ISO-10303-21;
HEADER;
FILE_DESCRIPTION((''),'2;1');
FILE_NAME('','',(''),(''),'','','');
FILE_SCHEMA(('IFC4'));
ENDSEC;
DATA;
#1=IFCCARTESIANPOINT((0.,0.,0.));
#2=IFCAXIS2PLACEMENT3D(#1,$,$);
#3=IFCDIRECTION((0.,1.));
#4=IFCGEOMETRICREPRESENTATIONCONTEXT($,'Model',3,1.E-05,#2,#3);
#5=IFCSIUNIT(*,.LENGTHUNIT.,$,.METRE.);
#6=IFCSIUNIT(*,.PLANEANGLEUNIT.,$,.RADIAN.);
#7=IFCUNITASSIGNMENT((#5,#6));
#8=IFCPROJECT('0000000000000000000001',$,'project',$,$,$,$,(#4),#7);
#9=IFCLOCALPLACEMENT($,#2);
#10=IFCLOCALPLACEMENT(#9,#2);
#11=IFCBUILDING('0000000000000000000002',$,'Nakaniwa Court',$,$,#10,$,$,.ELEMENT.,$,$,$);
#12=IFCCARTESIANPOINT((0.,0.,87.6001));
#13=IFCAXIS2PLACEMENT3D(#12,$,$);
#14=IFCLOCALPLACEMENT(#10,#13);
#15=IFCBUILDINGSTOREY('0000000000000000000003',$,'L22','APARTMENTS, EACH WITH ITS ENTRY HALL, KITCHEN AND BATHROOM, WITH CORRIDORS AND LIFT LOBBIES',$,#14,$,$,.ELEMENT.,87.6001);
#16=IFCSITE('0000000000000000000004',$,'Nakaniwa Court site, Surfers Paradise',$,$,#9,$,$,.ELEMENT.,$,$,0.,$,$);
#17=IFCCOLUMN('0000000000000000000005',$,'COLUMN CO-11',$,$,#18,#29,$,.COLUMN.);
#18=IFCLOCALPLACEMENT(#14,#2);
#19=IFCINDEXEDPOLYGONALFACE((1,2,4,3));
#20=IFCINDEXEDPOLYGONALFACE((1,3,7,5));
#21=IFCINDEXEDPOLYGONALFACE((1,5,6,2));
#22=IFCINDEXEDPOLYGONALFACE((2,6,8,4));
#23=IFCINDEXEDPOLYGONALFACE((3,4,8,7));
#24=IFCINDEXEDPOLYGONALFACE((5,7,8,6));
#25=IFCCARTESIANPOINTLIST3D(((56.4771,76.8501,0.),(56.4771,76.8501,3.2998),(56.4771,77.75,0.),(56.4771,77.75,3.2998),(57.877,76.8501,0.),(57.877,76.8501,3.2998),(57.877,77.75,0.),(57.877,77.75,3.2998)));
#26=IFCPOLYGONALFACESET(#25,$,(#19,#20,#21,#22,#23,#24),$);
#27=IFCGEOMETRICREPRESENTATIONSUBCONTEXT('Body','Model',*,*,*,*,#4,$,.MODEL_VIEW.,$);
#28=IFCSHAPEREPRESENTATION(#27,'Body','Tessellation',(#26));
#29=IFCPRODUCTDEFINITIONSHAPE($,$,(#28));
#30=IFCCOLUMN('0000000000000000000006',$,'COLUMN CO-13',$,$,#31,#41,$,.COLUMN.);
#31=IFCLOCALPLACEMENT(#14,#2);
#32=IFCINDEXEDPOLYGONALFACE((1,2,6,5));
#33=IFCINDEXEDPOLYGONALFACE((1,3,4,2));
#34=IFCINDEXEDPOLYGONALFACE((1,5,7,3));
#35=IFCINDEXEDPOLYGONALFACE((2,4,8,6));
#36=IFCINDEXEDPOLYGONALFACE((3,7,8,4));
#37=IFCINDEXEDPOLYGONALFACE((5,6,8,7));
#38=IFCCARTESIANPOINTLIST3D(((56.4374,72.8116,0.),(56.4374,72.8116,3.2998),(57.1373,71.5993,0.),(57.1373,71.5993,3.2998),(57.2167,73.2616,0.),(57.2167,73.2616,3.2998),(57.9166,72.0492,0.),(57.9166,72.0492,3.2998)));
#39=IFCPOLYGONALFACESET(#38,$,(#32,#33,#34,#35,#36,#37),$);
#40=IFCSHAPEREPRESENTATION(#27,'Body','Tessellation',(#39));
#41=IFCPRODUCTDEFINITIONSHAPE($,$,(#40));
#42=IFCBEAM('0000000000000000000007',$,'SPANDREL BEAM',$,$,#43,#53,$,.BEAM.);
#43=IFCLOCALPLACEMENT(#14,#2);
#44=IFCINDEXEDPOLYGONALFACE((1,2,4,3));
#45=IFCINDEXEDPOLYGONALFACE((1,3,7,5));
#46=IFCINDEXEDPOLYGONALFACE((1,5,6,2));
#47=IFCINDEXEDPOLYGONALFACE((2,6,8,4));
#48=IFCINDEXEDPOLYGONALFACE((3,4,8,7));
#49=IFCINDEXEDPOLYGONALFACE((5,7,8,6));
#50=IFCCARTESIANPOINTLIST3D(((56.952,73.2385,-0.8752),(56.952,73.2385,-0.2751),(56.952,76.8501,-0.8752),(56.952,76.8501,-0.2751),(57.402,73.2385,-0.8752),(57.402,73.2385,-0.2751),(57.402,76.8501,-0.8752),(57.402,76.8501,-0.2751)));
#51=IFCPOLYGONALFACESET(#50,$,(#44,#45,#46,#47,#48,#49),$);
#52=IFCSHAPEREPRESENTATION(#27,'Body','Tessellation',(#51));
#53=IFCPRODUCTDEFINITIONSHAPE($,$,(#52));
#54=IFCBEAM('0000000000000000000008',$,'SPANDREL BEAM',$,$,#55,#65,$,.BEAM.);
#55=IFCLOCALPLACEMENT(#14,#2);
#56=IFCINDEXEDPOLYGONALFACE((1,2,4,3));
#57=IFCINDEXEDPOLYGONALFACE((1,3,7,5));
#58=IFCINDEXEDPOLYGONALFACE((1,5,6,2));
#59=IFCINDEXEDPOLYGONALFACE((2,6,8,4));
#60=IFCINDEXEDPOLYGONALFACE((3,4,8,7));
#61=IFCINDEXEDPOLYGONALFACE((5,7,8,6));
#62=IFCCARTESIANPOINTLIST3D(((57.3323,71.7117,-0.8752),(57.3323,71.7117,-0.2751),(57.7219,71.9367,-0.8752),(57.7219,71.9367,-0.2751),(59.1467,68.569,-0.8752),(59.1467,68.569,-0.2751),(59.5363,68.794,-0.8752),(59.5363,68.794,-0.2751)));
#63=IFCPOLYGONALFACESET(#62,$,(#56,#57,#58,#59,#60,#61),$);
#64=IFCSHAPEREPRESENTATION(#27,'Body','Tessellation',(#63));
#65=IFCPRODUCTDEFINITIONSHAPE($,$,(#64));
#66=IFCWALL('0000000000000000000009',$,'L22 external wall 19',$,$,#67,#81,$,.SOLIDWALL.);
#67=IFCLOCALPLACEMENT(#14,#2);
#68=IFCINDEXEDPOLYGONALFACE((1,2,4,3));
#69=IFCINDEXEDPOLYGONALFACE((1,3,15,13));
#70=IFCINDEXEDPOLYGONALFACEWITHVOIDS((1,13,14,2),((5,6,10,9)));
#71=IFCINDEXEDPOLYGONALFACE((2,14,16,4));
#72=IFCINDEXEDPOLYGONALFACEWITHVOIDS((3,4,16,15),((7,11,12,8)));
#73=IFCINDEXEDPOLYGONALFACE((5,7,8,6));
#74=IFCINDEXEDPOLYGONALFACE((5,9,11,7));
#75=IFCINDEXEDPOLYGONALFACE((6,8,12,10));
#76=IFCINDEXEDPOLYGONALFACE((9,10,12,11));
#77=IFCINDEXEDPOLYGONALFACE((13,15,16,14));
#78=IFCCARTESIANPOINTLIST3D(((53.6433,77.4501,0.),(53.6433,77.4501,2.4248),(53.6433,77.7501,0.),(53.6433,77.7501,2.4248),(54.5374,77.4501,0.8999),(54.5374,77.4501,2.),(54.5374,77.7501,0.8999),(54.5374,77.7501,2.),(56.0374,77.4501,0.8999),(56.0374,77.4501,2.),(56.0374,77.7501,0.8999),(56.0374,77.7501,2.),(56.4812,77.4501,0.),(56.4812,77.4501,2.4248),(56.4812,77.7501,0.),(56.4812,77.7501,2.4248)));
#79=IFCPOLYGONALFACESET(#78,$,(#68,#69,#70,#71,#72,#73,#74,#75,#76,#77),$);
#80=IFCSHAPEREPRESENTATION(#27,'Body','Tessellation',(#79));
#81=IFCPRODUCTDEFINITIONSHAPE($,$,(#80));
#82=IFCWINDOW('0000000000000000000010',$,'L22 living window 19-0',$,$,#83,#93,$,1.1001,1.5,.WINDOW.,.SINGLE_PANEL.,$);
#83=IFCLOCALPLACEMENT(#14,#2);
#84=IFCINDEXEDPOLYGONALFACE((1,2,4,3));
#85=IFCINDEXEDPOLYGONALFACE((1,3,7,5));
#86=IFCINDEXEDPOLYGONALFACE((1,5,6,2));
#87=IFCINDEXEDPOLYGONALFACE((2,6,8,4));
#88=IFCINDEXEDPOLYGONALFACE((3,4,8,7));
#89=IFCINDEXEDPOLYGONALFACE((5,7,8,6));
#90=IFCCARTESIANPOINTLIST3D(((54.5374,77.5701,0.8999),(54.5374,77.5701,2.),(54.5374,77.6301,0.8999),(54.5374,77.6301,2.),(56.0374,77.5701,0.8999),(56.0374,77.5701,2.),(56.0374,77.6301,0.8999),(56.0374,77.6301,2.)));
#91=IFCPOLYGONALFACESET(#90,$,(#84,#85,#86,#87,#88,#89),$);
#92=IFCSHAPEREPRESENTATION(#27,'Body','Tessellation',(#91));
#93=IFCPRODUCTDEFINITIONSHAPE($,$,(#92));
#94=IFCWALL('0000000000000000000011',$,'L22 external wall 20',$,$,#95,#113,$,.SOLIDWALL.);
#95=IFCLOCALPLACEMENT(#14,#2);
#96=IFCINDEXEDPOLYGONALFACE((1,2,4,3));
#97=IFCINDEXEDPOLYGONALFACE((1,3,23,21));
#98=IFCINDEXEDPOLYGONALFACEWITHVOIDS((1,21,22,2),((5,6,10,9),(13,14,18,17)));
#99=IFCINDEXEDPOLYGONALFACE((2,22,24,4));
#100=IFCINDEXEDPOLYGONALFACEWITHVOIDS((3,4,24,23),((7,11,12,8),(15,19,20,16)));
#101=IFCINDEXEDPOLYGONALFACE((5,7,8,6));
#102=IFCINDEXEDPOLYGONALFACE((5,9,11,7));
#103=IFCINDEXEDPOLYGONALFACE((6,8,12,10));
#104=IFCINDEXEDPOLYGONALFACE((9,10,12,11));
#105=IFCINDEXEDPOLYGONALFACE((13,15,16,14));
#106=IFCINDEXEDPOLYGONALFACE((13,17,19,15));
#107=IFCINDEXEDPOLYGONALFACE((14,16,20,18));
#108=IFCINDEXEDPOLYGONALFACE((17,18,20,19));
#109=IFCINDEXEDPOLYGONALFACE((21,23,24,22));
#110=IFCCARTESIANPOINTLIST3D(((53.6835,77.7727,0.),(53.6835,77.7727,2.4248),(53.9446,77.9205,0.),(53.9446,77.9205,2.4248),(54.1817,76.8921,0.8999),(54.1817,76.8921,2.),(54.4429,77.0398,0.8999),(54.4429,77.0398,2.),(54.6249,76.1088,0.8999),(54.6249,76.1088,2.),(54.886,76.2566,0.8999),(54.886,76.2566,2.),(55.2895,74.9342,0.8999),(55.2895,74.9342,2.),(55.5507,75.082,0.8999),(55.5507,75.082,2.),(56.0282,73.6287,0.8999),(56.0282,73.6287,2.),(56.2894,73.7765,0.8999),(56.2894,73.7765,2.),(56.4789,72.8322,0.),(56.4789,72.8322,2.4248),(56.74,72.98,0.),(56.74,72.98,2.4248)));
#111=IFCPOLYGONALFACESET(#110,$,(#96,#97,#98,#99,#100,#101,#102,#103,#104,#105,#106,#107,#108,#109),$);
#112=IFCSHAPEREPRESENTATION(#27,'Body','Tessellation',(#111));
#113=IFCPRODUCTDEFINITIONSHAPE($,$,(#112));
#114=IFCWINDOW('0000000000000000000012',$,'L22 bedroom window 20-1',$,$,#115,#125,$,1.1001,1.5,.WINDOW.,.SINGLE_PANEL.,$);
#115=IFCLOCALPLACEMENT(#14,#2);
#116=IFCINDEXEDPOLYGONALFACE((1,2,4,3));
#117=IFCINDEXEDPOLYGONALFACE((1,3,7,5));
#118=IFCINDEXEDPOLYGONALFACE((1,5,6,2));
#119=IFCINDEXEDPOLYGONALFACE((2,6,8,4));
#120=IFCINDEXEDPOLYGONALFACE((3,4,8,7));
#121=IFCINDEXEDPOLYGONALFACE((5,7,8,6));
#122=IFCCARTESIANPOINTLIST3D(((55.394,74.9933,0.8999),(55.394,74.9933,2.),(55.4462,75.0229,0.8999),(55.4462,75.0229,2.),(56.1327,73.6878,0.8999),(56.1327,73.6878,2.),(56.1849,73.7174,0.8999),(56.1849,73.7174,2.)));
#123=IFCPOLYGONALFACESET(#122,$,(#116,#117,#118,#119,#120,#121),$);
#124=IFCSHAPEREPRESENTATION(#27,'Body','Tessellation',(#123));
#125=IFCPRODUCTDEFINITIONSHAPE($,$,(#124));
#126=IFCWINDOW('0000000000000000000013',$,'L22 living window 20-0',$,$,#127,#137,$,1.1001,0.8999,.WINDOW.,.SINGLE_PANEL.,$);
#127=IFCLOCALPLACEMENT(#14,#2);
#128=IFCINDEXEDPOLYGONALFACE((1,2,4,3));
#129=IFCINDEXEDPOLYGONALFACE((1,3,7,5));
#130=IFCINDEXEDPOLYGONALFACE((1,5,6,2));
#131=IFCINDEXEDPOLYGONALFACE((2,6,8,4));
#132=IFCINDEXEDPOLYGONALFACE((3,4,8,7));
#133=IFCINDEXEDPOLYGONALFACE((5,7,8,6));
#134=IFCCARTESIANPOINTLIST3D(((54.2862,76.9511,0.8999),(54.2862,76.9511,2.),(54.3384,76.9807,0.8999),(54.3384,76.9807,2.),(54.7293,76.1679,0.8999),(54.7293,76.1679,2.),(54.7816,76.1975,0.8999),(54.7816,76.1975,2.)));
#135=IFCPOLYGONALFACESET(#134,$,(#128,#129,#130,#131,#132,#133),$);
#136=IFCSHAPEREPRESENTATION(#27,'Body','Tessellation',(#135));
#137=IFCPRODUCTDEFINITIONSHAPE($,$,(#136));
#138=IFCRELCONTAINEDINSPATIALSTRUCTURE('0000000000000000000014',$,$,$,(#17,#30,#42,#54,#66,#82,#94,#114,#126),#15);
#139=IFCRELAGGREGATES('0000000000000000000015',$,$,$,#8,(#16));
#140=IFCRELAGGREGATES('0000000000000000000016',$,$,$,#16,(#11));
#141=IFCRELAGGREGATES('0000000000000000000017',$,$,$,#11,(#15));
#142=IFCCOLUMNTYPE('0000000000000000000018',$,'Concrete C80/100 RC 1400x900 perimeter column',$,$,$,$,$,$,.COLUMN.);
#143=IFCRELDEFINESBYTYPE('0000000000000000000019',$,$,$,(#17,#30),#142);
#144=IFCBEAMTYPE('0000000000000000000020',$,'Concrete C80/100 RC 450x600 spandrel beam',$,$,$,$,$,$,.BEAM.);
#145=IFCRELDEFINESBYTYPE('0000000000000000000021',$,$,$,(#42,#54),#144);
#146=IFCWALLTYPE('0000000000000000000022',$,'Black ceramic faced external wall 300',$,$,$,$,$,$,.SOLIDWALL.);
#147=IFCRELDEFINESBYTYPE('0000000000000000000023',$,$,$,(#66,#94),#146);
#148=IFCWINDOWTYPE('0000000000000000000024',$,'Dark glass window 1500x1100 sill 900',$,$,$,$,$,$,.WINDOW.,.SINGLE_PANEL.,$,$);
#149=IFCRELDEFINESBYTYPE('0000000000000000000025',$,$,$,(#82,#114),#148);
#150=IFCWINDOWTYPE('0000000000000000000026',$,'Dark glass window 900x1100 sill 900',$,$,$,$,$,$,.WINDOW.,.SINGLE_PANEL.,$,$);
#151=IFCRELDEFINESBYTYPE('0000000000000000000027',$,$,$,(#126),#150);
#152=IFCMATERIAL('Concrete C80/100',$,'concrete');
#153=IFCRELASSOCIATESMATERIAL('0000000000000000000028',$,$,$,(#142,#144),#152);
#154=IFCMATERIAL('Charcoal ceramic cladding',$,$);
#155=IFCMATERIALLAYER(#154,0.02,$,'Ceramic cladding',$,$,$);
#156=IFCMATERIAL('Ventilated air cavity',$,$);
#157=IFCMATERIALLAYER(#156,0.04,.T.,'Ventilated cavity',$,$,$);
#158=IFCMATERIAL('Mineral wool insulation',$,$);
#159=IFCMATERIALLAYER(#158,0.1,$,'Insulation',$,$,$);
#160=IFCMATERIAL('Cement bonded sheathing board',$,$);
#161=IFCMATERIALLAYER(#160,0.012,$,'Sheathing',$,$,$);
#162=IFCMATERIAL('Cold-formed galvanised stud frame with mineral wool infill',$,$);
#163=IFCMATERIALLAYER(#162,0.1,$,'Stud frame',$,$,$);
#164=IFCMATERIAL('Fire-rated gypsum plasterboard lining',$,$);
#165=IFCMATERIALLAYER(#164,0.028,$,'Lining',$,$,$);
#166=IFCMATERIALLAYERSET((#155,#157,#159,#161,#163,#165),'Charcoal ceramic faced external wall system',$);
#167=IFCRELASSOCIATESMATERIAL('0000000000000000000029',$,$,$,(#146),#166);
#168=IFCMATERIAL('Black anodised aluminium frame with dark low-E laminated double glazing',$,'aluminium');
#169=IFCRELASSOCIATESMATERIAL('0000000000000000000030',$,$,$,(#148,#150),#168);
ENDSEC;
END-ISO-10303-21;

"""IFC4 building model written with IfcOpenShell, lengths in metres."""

from ifc_helpers import new_model, si_unit, direction, frame, frame_2d, origin, origin_2d, place, context, subcontext, project, spatial, rectangle, extrude, material, layer, layer_set, material_profile, profile_set, type_object, element, fill, save


model = new_model("IFC4")

# Units and contexts
model_context = context("Model", 3, precision=1e-05, world=origin(), true_north=direction((0.0, 1.0)))
body_context = subcontext(model_context, "Body", "Model", "MODEL_VIEW")
ifc_project = project(units=[si_unit("LENGTHUNIT", "METRE"), si_unit("PLANEANGLEUNIT", "RADIAN")], contexts=[model_context])

# Site, building, storey
site_placement = place(None, origin())
site = spatial("IfcSite", under=ifc_project, at=site_placement, Name="Nakaniwa Court site, Surfers Paradise", CompositionType="ELEMENT", RefElevation=0.0)
building_placement = place(site_placement, origin())
building = spatial("IfcBuilding", under=site, at=building_placement, Name="Nakaniwa Court", CompositionType="ELEMENT")
storey_placement = place(building_placement, frame((0.0, 0.0, 87.6001)))
storey = spatial("IfcBuildingStorey", under=building, at=storey_placement, Name="L22", Description="APARTMENTS, EACH WITH ITS ENTRY HALL, KITCHEN AND BATHROOM, WITH CORRIDORS AND LIFT LOBBIES", CompositionType="ELEMENT", Elevation=87.6001)

# Columns
ifc_material_1 = material(Name="Concrete C80/100", Category="concrete")
ifc_material_profile_1 = material_profile(ifc_material_1, rectangle(XDim=1.3999, YDim=0.8999, at=origin_2d()), Name="Concrete C80/100 RC 1400x900 perimeter column")
ifc_profile_set_1 = profile_set([ifc_material_profile_1], Name="Concrete C80/100")
column_type = type_object("IfcColumnType", Name="Concrete C80/100 RC 1400x900 perimeter column", PredefinedType="COLUMN", material=ifc_profile_set_1)
for number, where, z_axis, x_axis, name in (
    (1, (57.177, 77.3, 0.0), (0.0, 0.0, 1.0), (-1.0, 0.0, 0.0), "COLUMN CO-11"),
    (2, (57.177, 72.4304, 0.0), (0.0, 0.0, 1.0), (0.5, -0.866025, 0.0), "COLUMN CO-13"),
):
    element("IfcColumn", number, at=place(storey_placement, frame(where, z_axis=z_axis, x_axis=x_axis)), inside=storey, type_object=column_type, Name=name, PredefinedType="COLUMN", context=body_context, shape_type="SweptSolid", body=[
        extrude(rectangle(XDim=1.3999, YDim=0.8999, at=origin_2d()), origin(), (0.0, 0.0, 1.0), 3.2998),
    ])

# Beams
ifc_material_profile_2 = material_profile(ifc_material_1, rectangle(XDim=0.45, YDim=0.6001, at=origin_2d()), Name="Concrete C80/100 RC 450x600 spandrel beam")
ifc_profile_set_2 = profile_set([ifc_material_profile_2], Name="Concrete C80/100")
beam_type = type_object("IfcBeamType", Name="Concrete C80/100 RC 450x600 spandrel beam", PredefinedType="BEAM", material=ifc_profile_set_2)
beam_1_placement = place(storey_placement, frame((57.177, 76.8501, -0.5752), z_axis=(0.0, -1.0, 0.0), x_axis=(1.0, 0.0, 0.0)))
element("IfcBeam", 3, at=beam_1_placement, inside=storey, type_object=beam_type, Name="SPANDREL BEAM", PredefinedType="BEAM", context=body_context, shape_type="SweptSolid", body=[
    extrude(rectangle(XDim=0.45, YDim=0.6001, at=origin_2d()), origin(), (0.0, 0.0, 1.0), 3.6116),
])
beam_2_placement = place(storey_placement, frame((57.5271, 71.8242, -0.5752), z_axis=(0.499988, -0.866032, 0.0), x_axis=(0.866032, 0.499988, 0.0)))
element("IfcBeam", 4, at=beam_2_placement, inside=storey, type_object=beam_type, Name="SPANDREL BEAM", PredefinedType="BEAM", context=body_context, shape_type="SweptSolid", body=[
    extrude(rectangle(XDim=0.45, YDim=0.6001, at=origin_2d()), origin(), (0.0, 0.0, 1.0), 3.6289),
])

# Wall, opening, window
ifc_material_2 = material(Name="Charcoal ceramic cladding")
ifc_layer_1 = layer(ifc_material_2, 0.02, Name="Ceramic cladding")
ifc_material_3 = material(Name="Ventilated air cavity")
ifc_layer_2 = layer(ifc_material_3, 0.04, ventilated=True, Name="Ventilated cavity")
ifc_material_4 = material(Name="Mineral wool insulation")
ifc_layer_3 = layer(ifc_material_4, 0.1, Name="Insulation")
ifc_material_5 = material(Name="Cement bonded sheathing board")
ifc_layer_4 = layer(ifc_material_5, 0.012, Name="Sheathing")
ifc_material_6 = material(Name="Cold-formed galvanised stud frame with mineral wool infill")
ifc_layer_5 = layer(ifc_material_6, 0.1, Name="Stud frame")
ifc_material_7 = material(Name="Fire-rated gypsum plasterboard lining")
ifc_layer_6 = layer(ifc_material_7, 0.028, Name="Lining")
ifc_layer_set_1 = layer_set([ifc_layer_1, ifc_layer_2, ifc_layer_3, ifc_layer_4, ifc_layer_5, ifc_layer_6], Name="Charcoal ceramic faced external wall system")
wall_type_1 = type_object("IfcWallType", Name="Black ceramic faced external wall 300", PredefinedType="SOLIDWALL", material=ifc_layer_set_1)
wall_1_placement = place(storey_placement, frame((56.4812, 77.6001, 0.0), z_axis=(0.0, 0.0, 1.0), x_axis=(-1.0, 0.0, 0.0)))
wall_1 = element("IfcWall", 5, at=wall_1_placement, inside=storey, type_object=wall_type_1, Name="L22 external wall 19", PredefinedType="SOLIDWALL", context=body_context, shape_type="SweptSolid", body=[
    extrude(rectangle(XDim=2.8379, YDim=0.3, at=frame_2d((1.4189, 0.0))), origin(), (0.0, 0.0, 1.0), 2.4248),
])
opening_1_placement = place(wall_1_placement, frame((0.4438, 0.0, 0.8999)))
opening_1 = element("IfcOpeningElement", 6, at=opening_1_placement, cuts=wall_1, PredefinedType="OPENING", context=body_context, shape_type="SweptSolid", body=[
    extrude(rectangle(XDim=1.5, YDim=1.1001, at=frame_2d((0.75, 0.55))), frame((0.0, 0.1599, 0.0), z_axis=(0.0, -1.0, 0.0), x_axis=(1.0, 0.0, 0.0)), (0.0, 0.0, 1.0), 0.3201),
])
ifc_material_8 = material(Name="Black anodised aluminium frame with dark low-E laminated double glazing", Category="aluminium")
window_type_1 = type_object("IfcWindowType", Name="Dark glass window 1500x1100 sill 900", PartitioningType="SINGLE_PANEL", PredefinedType="WINDOW", material=ifc_material_8)
window_1_placement = place(opening_1_placement, origin())
window_1 = element("IfcWindow", 7, at=window_1_placement, inside=storey, type_object=window_type_1, Name="L22 living window 19-0", OverallHeight=1.1001, OverallWidth=1.5, PartitioningType="SINGLE_PANEL", PredefinedType="WINDOW", context=body_context, shape_type="SweptSolid", body=[
    extrude(rectangle(XDim=1.5, YDim=1.1001, at=frame_2d((0.75, 0.55))), frame((0.0, 0.03, 0.0), z_axis=(0.0, -1.0, 0.0), x_axis=(1.0, 0.0, 0.0)), (0.0, 0.0, 1.0), 0.0601),
])
fill(opening_1, window_1)

# Wall, openings, windows
wall_2_placement = place(storey_placement, frame((53.814, 77.8467, 0.0), z_axis=(0.0, 0.0, 1.0), x_axis=(0.492457, -0.870337, 0.0)))
wall_2 = element("IfcWall", 8, at=wall_2_placement, inside=storey, type_object=wall_type_1, Name="L22 external wall 20", PredefinedType="SOLIDWALL", context=body_context, shape_type="SweptSolid", body=[
    extrude(rectangle(XDim=5.6765, YDim=0.3, at=frame_2d((2.8384, 0.0))), origin(), (0.0, 0.0, 1.0), 2.4248),
])
opening_2_placement = place(wall_2_placement, frame((1.012, 0.0, 0.8999)))
opening_2 = element("IfcOpeningElement", 9, at=opening_2_placement, cuts=wall_2, PredefinedType="OPENING", context=body_context, shape_type="SweptSolid", body=[
    extrude(rectangle(XDim=0.8999, YDim=1.1001, at=frame_2d((0.45, 0.55))), frame((0.0, 0.1599, 0.0), z_axis=(0.0, -1.0, 0.0), x_axis=(1.0, 0.0, 0.0)), (0.0, 0.0, 1.0), 0.3201),
])
opening_3_placement = place(wall_2_placement, frame((3.2615, 0.0, 0.8999)))
opening_3 = element("IfcOpeningElement", 10, at=opening_3_placement, cuts=wall_2, PredefinedType="OPENING", context=body_context, shape_type="SweptSolid", body=[
    extrude(rectangle(XDim=1.5, YDim=1.1001, at=frame_2d((0.75, 0.55))), frame((0.0, 0.1599, 0.0), z_axis=(0.0, -1.0, 0.0), x_axis=(1.0, 0.0, 0.0)), (0.0, 0.0, 1.0), 0.3201),
])
window_2_placement = place(opening_3_placement, origin())
window_2 = element("IfcWindow", 11, at=window_2_placement, inside=storey, type_object=window_type_1, Name="L22 bedroom window 20-1", OverallHeight=1.1001, OverallWidth=1.5, PartitioningType="SINGLE_PANEL", PredefinedType="WINDOW", context=body_context, shape_type="SweptSolid", body=[
    extrude(rectangle(XDim=1.5, YDim=1.1001, at=frame_2d((0.75, 0.55))), frame((0.0, 0.03, 0.0), z_axis=(0.0, -1.0, 0.0), x_axis=(1.0, 0.0, 0.0)), (0.0, 0.0, 1.0), 0.0601),
])
fill(opening_3, window_2)
window_type_2 = type_object("IfcWindowType", Name="Dark glass window 900x1100 sill 900", PartitioningType="SINGLE_PANEL", PredefinedType="WINDOW", material=ifc_material_8)
window_3_placement = place(opening_2_placement, origin())
window_3 = element("IfcWindow", 12, at=window_3_placement, inside=storey, type_object=window_type_2, Name="L22 living window 20-0", OverallHeight=1.1001, OverallWidth=0.8999, PartitioningType="SINGLE_PANEL", PredefinedType="WINDOW", context=body_context, shape_type="SweptSolid", body=[
    extrude(rectangle(XDim=0.8999, YDim=1.1001, at=frame_2d((0.45, 0.55))), frame((0.0, 0.03, 0.0), z_axis=(0.0, -1.0, 0.0), x_axis=(1.0, 0.0, 0.0)), (0.0, 0.0, 1.0), 0.0601),
])
fill(opening_2, window_3)

save(model, "model.ifc")
